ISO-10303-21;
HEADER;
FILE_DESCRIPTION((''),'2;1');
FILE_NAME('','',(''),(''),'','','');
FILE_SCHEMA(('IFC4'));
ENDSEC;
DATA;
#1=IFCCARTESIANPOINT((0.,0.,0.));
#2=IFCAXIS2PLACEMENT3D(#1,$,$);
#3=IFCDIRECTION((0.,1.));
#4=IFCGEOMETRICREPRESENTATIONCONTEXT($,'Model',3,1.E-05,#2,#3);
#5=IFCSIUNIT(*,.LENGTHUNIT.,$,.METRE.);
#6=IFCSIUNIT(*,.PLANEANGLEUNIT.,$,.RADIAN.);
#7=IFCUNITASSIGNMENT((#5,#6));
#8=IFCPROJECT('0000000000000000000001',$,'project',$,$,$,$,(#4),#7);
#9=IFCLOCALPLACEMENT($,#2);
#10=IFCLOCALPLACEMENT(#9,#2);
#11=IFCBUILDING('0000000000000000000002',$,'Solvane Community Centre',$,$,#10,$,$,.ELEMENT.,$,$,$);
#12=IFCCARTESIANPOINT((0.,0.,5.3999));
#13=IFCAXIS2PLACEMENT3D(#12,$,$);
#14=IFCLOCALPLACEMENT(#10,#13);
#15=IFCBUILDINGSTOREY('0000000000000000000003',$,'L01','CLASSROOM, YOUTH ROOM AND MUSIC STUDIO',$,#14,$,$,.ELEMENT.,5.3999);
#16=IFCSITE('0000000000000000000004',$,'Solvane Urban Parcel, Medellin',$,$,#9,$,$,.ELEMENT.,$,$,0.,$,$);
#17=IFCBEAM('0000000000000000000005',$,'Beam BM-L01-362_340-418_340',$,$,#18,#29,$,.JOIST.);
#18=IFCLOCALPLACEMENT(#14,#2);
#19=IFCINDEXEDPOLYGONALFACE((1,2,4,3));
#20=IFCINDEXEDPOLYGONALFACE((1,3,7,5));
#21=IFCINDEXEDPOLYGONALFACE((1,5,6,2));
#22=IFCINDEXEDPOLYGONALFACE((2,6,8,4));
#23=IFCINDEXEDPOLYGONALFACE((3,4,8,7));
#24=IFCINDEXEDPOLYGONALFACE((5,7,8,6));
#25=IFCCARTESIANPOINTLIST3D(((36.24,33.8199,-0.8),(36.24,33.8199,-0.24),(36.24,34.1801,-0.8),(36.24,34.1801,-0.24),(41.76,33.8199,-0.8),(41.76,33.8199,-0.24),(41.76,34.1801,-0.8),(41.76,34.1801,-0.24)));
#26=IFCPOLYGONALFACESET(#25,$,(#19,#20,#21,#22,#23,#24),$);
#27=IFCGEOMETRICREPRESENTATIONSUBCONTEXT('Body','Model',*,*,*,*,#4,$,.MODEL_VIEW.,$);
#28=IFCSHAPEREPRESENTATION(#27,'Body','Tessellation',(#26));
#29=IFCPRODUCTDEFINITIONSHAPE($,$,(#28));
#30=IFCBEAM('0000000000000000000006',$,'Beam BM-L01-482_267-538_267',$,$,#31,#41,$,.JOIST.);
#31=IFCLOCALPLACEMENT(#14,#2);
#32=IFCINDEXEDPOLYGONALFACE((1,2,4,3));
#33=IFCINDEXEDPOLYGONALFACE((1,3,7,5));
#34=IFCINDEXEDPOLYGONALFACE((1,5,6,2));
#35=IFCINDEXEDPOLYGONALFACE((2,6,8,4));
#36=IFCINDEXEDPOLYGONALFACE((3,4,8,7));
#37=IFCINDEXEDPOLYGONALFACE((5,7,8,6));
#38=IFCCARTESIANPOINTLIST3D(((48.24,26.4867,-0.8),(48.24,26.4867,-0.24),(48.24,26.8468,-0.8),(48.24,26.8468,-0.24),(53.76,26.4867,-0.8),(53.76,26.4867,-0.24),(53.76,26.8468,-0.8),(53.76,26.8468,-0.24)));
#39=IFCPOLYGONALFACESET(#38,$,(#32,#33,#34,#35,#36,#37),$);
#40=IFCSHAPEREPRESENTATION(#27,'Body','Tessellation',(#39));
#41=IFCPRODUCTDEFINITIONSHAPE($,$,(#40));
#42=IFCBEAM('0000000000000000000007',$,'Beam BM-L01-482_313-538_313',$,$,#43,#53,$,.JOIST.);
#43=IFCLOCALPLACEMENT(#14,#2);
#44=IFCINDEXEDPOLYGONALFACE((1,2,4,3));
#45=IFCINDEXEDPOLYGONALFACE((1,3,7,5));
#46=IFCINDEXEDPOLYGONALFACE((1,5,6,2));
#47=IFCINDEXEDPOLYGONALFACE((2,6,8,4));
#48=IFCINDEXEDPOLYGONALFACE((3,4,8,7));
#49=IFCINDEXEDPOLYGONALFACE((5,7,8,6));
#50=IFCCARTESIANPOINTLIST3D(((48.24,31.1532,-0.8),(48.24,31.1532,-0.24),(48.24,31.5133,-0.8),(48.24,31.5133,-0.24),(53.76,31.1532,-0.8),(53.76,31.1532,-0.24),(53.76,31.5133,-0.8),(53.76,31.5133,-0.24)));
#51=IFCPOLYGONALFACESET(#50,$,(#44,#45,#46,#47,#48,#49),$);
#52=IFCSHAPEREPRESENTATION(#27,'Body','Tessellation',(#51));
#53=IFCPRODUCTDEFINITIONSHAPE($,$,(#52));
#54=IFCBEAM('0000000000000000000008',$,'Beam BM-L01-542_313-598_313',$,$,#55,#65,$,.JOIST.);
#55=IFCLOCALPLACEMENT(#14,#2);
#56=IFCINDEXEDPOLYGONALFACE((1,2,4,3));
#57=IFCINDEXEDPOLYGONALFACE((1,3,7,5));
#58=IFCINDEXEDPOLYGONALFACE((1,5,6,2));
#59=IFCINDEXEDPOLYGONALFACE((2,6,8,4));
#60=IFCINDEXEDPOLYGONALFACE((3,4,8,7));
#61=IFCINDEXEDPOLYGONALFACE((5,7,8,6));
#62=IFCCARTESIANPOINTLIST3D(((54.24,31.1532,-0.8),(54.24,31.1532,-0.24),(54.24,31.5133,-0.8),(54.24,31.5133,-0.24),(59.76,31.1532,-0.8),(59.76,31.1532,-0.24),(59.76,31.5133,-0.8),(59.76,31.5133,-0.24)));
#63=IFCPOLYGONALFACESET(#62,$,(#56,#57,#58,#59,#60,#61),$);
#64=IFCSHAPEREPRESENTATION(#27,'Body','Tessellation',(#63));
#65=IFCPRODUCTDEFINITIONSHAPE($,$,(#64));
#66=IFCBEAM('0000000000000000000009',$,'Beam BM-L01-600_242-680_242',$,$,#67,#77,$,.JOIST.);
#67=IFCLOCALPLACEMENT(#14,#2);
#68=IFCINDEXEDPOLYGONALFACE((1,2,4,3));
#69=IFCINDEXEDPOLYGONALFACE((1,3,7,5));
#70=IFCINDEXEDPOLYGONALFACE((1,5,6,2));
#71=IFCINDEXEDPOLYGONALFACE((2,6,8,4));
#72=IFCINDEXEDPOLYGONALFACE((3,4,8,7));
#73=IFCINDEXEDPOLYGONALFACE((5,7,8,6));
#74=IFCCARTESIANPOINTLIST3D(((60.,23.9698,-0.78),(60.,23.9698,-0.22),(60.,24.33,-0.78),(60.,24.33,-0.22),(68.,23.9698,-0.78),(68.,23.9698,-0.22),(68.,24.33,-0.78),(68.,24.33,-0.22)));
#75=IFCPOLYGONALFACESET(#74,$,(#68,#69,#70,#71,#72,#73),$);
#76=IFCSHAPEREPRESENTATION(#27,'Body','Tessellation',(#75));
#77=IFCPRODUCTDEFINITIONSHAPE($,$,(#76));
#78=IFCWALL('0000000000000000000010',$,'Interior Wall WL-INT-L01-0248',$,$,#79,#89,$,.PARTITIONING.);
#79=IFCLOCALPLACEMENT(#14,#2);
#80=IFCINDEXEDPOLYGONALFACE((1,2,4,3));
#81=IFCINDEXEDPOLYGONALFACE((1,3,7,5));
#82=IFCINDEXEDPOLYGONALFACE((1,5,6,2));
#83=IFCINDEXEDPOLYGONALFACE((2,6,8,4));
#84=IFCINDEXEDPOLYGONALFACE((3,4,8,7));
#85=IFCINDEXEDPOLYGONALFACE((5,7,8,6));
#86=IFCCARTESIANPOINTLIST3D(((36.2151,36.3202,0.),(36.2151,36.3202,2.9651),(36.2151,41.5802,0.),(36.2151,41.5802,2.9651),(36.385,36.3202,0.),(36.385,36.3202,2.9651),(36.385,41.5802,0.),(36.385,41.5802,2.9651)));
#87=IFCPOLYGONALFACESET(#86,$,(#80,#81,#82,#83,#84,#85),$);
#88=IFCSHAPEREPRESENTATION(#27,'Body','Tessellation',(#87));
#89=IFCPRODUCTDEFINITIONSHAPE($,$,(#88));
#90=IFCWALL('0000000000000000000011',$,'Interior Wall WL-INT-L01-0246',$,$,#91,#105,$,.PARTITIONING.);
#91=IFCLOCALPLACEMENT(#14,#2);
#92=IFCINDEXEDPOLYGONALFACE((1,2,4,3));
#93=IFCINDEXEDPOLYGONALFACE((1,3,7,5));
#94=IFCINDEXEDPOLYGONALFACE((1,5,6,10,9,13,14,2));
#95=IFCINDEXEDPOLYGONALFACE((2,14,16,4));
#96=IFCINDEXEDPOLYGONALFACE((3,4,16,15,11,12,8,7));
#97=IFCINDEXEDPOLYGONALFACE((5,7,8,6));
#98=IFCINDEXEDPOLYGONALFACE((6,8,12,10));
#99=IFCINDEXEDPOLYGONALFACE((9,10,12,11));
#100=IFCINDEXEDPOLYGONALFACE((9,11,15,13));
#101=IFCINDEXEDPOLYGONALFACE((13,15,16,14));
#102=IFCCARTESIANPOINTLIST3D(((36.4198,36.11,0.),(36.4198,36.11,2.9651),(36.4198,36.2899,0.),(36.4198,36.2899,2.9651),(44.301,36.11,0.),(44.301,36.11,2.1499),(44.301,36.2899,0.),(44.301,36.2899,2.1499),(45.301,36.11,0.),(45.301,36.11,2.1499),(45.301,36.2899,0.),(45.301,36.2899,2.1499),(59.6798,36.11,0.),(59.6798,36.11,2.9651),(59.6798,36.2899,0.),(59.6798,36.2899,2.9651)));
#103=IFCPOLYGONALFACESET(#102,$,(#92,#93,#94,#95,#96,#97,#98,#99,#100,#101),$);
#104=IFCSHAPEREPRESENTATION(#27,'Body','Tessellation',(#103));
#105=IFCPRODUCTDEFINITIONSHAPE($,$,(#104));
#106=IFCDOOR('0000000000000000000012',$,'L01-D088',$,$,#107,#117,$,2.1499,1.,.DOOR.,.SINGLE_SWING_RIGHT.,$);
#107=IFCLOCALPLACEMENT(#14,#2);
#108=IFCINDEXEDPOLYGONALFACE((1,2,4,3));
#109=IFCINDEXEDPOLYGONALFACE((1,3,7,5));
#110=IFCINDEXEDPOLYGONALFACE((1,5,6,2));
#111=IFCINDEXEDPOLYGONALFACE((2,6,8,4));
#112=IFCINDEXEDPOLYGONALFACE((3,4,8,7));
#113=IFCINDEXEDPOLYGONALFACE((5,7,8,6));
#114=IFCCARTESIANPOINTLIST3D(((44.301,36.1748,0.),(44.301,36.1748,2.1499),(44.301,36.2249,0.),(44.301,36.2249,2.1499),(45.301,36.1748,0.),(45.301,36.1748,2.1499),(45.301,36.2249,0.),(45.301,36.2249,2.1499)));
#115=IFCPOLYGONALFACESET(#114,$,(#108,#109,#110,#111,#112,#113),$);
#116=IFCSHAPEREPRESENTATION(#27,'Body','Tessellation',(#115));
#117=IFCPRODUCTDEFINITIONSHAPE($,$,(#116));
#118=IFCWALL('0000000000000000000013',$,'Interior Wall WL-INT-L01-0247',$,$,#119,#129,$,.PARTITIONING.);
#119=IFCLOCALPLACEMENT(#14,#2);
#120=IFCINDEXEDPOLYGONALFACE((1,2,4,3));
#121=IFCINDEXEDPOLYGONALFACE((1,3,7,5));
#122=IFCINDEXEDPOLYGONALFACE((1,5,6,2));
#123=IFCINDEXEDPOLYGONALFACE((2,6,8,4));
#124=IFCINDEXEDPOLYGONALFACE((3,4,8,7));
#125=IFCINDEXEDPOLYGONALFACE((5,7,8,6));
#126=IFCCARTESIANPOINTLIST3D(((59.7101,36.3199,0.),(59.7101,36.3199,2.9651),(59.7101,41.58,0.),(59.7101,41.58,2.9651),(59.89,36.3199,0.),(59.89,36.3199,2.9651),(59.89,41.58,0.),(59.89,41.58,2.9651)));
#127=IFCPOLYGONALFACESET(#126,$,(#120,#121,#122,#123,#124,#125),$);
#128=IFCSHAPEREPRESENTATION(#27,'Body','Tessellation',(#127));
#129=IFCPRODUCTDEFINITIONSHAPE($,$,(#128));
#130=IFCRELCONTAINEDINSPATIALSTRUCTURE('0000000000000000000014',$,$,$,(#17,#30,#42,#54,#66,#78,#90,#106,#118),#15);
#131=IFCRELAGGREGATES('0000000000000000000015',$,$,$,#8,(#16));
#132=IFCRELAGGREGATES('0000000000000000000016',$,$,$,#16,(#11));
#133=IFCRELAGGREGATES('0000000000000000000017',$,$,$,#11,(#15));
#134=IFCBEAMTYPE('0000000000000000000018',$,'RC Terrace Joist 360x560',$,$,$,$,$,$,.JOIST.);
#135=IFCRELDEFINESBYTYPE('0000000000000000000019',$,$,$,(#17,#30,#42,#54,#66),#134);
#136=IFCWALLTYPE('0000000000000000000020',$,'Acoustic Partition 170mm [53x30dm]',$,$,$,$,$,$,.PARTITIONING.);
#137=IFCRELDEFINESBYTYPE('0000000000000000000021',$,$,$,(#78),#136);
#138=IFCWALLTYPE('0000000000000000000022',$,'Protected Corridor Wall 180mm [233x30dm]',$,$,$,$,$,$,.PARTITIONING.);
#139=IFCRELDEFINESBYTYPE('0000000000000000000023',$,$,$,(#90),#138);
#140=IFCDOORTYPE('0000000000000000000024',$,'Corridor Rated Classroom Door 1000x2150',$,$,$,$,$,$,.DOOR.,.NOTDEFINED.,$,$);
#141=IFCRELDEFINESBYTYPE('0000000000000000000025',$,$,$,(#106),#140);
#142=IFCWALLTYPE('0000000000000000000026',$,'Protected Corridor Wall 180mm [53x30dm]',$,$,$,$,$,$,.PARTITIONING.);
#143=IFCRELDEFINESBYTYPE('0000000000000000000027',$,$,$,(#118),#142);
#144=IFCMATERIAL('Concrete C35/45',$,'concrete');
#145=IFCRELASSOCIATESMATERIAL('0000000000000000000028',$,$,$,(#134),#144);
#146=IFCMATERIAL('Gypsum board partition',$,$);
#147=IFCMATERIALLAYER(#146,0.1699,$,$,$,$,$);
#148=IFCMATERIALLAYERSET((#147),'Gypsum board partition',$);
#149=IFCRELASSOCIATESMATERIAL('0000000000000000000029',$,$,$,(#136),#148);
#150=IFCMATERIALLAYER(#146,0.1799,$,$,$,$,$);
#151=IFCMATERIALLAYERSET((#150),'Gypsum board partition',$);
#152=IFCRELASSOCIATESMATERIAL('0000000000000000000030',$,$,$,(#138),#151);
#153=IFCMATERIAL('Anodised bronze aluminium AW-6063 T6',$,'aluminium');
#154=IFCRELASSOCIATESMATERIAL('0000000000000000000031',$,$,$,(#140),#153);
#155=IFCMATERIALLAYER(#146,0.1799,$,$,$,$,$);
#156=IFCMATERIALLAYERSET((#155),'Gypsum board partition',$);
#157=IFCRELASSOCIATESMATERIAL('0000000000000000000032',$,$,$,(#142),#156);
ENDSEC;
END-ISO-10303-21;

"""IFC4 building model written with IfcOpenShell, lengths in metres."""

from ifc_helpers import new_model, si_unit, direction, frame, frame_2d, origin, origin_2d, place, context, subcontext, project, spatial, rectangle, extrude, material, layer, layer_set, material_profile, profile_set, type_object, element, fill, save


model = new_model("IFC4")

# Units and contexts
model_context = context("Model", 3, precision=1e-05, world=origin(), true_north=direction((0.0, 1.0)))
body_context = subcontext(model_context, "Body", "Model", "MODEL_VIEW")
ifc_project = project(units=[si_unit("LENGTHUNIT", "METRE"), si_unit("PLANEANGLEUNIT", "RADIAN")], contexts=[model_context])

# Site, building, storey
site_placement = place(None, origin())
site = spatial("IfcSite", under=ifc_project, at=site_placement, Name="Solvane Urban Parcel, Medellin", CompositionType="ELEMENT", RefElevation=0.0)
building_placement = place(site_placement, origin())
building = spatial("IfcBuilding", under=site, at=building_placement, Name="Solvane Community Centre", CompositionType="ELEMENT")
storey_placement = place(building_placement, frame((0.0, 0.0, 5.3999)))
storey = spatial("IfcBuildingStorey", under=building, at=storey_placement, Name="L01", Description="CLASSROOM, YOUTH ROOM AND MUSIC STUDIO", CompositionType="ELEMENT", Elevation=5.3999)

# Shared definitions
ifc_material_1 = material(Name="Concrete C35/45", Category="concrete")

# Beams
ifc_material_profile_1 = material_profile(ifc_material_1, rectangle(XDim=0.3601, YDim=0.5601, at=origin_2d()), Name="RC 360x560")
ifc_profile_set_1 = profile_set([ifc_material_profile_1], Name="Concrete C35/45")
beam_type_1 = type_object("IfcBeamType", Name="RC Terrace Joist 360x560", PredefinedType="JOIST", material=ifc_profile_set_1)
for number, where, z_axis, x_axis, name in (
    (1, (36.24, 34.0, -0.52), (1.0, 0.0, 0.0), (0.0, 1.0, 0.0), "Beam BM-L01-362_340-418_340"),
    (2, (48.24, 26.6667, -0.52), (1.0, 0.0, 0.0), (0.0, 1.0, 0.0), "Beam BM-L01-482_267-538_267"),
    (3, (48.24, 31.3333, -0.52), (1.0, 0.0, 0.0), (0.0, 1.0, 0.0), "Beam BM-L01-482_313-538_313"),
    (4, (54.24, 31.3333, -0.52), (1.0, 0.0, 0.0), (0.0, 1.0, 0.0), "Beam BM-L01-542_313-598_313"),
):
    element("IfcBeam", number, at=place(storey_placement, frame(where, z_axis=z_axis, x_axis=x_axis)), inside=storey, type_object=beam_type_1, Name=name, PredefinedType="JOIST", context=body_context, shape_type="SweptSolid", body=[
        extrude(rectangle(XDim=0.3601, YDim=0.5601, at=origin_2d()), origin(), (0.0, 0.0, 1.0), 5.52),
    ])
beam_placement = place(storey_placement, frame((60.0, 24.1499, -0.5), z_axis=(1.0, 0.0, 0.0), x_axis=(0.0, 1.0, 0.0)))
element("IfcBeam", 5, at=beam_placement, inside=storey, type_object=beam_type_1, Name="Beam BM-L01-600_242-680_242", PredefinedType="JOIST", context=body_context, shape_type="SweptSolid", body=[
    extrude(rectangle(XDim=0.3601, YDim=0.5601, at=origin_2d()), origin(), (0.0, 0.0, 1.0), 8.0),
])

# Wall
ifc_material_2 = material(Name="Gypsum board partition")
ifc_layer_1 = layer(ifc_material_2, 0.1699)
ifc_layer_set_1 = layer_set([ifc_layer_1], Name="Gypsum board partition")
wall_type_1 = type_object("IfcWallType", Name="Acoustic Partition 170mm [53x30dm]", PredefinedType="PARTITIONING", material=ifc_layer_set_1)
wall_1_placement = place(storey_placement, frame((36.3, 41.5801, 0.0), z_axis=(0.0, 0.0, 1.0), x_axis=(0.0, -1.0, 0.0)))
element("IfcWall", 6, at=wall_1_placement, inside=storey, type_object=wall_type_1, Name="Interior Wall WL-INT-L01-0248", PredefinedType="PARTITIONING", context=body_context, shape_type="SweptSolid", body=[
    extrude(rectangle(XDim=5.26, YDim=0.1699, at=frame_2d((2.6299, 0.0))), origin(), (0.0, 0.0, 1.0), 2.9651),
])

# Wall, opening, door
ifc_layer_2 = layer(ifc_material_2, 0.1799)
ifc_layer_set_2 = layer_set([ifc_layer_2], Name="Gypsum board partition")
wall_type_2 = type_object("IfcWallType", Name="Protected Corridor Wall 180mm [233x30dm]", PredefinedType="PARTITIONING", material=ifc_layer_set_2)
wall_2_placement = place(storey_placement, frame((36.4199, 36.2, 0.0), z_axis=(0.0, 0.0, 1.0), x_axis=(1.0, 0.0, 0.0)))
wall_2 = element("IfcWall", 7, at=wall_2_placement, inside=storey, type_object=wall_type_2, Name="Interior Wall WL-INT-L01-0246", PredefinedType="PARTITIONING", context=body_context, shape_type="SweptSolid", body=[
    extrude(rectangle(XDim=23.26, YDim=0.1799, at=frame_2d((11.6299, 0.0))), origin(), (0.0, 0.0, 1.0), 2.9651),
])
opening_placement = place(wall_2_placement, frame((7.8811, 0.0, 0.0)))
opening = element("IfcOpeningElement", 8, at=opening_placement, cuts=wall_2, PredefinedType="OPENING", context=body_context, shape_type="SweptSolid", body=[
    extrude(rectangle(XDim=1.0, YDim=2.1499, at=frame_2d((0.5, 1.075))), frame((0.0, 0.0999, 0.0), z_axis=(0.0, -1.0, 0.0), x_axis=(1.0, 0.0, 0.0)), (0.0, 0.0, 1.0), 0.2),
])
ifc_material_3 = material(Name="Anodised bronze aluminium AW-6063 T6", Category="aluminium")
door_type = type_object("IfcDoorType", Name="Corridor Rated Classroom Door 1000x2150", OperationType="NOTDEFINED", PredefinedType="DOOR", material=ifc_material_3)
door_placement = place(opening_placement, origin())
door = element("IfcDoor", 9, at=door_placement, inside=storey, type_object=door_type, Name="L01-D088", OperationType="SINGLE_SWING_RIGHT", OverallHeight=2.1499, OverallWidth=1.0, PredefinedType="DOOR", context=body_context, shape_type="SweptSolid", body=[
    extrude(rectangle(XDim=1.0, YDim=2.1499, at=frame_2d((0.5, 1.075))), frame((0.0, 0.0249, 0.0), z_axis=(0.0, -1.0, 0.0), x_axis=(1.0, 0.0, 0.0)), (0.0, 0.0, 1.0), 0.05),
])
fill(opening, door)

# Wall
ifc_layer_3 = layer(ifc_material_2, 0.1799)
ifc_layer_set_3 = layer_set([ifc_layer_3], Name="Gypsum board partition")
wall_type_3 = type_object("IfcWallType", Name="Protected Corridor Wall 180mm [53x30dm]", PredefinedType="PARTITIONING", material=ifc_layer_set_3)
wall_3_placement = place(storey_placement, frame((59.8, 36.3201, 0.0), z_axis=(0.0, 0.0, 1.0), x_axis=(0.0, 1.0, 0.0)))
element("IfcWall", 10, at=wall_3_placement, inside=storey, type_object=wall_type_3, Name="Interior Wall WL-INT-L01-0247", PredefinedType="PARTITIONING", context=body_context, shape_type="SweptSolid", body=[
    extrude(rectangle(XDim=5.26, YDim=0.1799, at=frame_2d((2.6299, 0.0))), origin(), (0.0, 0.0, 1.0), 2.9651),
])

save(model, "model.ifc")
